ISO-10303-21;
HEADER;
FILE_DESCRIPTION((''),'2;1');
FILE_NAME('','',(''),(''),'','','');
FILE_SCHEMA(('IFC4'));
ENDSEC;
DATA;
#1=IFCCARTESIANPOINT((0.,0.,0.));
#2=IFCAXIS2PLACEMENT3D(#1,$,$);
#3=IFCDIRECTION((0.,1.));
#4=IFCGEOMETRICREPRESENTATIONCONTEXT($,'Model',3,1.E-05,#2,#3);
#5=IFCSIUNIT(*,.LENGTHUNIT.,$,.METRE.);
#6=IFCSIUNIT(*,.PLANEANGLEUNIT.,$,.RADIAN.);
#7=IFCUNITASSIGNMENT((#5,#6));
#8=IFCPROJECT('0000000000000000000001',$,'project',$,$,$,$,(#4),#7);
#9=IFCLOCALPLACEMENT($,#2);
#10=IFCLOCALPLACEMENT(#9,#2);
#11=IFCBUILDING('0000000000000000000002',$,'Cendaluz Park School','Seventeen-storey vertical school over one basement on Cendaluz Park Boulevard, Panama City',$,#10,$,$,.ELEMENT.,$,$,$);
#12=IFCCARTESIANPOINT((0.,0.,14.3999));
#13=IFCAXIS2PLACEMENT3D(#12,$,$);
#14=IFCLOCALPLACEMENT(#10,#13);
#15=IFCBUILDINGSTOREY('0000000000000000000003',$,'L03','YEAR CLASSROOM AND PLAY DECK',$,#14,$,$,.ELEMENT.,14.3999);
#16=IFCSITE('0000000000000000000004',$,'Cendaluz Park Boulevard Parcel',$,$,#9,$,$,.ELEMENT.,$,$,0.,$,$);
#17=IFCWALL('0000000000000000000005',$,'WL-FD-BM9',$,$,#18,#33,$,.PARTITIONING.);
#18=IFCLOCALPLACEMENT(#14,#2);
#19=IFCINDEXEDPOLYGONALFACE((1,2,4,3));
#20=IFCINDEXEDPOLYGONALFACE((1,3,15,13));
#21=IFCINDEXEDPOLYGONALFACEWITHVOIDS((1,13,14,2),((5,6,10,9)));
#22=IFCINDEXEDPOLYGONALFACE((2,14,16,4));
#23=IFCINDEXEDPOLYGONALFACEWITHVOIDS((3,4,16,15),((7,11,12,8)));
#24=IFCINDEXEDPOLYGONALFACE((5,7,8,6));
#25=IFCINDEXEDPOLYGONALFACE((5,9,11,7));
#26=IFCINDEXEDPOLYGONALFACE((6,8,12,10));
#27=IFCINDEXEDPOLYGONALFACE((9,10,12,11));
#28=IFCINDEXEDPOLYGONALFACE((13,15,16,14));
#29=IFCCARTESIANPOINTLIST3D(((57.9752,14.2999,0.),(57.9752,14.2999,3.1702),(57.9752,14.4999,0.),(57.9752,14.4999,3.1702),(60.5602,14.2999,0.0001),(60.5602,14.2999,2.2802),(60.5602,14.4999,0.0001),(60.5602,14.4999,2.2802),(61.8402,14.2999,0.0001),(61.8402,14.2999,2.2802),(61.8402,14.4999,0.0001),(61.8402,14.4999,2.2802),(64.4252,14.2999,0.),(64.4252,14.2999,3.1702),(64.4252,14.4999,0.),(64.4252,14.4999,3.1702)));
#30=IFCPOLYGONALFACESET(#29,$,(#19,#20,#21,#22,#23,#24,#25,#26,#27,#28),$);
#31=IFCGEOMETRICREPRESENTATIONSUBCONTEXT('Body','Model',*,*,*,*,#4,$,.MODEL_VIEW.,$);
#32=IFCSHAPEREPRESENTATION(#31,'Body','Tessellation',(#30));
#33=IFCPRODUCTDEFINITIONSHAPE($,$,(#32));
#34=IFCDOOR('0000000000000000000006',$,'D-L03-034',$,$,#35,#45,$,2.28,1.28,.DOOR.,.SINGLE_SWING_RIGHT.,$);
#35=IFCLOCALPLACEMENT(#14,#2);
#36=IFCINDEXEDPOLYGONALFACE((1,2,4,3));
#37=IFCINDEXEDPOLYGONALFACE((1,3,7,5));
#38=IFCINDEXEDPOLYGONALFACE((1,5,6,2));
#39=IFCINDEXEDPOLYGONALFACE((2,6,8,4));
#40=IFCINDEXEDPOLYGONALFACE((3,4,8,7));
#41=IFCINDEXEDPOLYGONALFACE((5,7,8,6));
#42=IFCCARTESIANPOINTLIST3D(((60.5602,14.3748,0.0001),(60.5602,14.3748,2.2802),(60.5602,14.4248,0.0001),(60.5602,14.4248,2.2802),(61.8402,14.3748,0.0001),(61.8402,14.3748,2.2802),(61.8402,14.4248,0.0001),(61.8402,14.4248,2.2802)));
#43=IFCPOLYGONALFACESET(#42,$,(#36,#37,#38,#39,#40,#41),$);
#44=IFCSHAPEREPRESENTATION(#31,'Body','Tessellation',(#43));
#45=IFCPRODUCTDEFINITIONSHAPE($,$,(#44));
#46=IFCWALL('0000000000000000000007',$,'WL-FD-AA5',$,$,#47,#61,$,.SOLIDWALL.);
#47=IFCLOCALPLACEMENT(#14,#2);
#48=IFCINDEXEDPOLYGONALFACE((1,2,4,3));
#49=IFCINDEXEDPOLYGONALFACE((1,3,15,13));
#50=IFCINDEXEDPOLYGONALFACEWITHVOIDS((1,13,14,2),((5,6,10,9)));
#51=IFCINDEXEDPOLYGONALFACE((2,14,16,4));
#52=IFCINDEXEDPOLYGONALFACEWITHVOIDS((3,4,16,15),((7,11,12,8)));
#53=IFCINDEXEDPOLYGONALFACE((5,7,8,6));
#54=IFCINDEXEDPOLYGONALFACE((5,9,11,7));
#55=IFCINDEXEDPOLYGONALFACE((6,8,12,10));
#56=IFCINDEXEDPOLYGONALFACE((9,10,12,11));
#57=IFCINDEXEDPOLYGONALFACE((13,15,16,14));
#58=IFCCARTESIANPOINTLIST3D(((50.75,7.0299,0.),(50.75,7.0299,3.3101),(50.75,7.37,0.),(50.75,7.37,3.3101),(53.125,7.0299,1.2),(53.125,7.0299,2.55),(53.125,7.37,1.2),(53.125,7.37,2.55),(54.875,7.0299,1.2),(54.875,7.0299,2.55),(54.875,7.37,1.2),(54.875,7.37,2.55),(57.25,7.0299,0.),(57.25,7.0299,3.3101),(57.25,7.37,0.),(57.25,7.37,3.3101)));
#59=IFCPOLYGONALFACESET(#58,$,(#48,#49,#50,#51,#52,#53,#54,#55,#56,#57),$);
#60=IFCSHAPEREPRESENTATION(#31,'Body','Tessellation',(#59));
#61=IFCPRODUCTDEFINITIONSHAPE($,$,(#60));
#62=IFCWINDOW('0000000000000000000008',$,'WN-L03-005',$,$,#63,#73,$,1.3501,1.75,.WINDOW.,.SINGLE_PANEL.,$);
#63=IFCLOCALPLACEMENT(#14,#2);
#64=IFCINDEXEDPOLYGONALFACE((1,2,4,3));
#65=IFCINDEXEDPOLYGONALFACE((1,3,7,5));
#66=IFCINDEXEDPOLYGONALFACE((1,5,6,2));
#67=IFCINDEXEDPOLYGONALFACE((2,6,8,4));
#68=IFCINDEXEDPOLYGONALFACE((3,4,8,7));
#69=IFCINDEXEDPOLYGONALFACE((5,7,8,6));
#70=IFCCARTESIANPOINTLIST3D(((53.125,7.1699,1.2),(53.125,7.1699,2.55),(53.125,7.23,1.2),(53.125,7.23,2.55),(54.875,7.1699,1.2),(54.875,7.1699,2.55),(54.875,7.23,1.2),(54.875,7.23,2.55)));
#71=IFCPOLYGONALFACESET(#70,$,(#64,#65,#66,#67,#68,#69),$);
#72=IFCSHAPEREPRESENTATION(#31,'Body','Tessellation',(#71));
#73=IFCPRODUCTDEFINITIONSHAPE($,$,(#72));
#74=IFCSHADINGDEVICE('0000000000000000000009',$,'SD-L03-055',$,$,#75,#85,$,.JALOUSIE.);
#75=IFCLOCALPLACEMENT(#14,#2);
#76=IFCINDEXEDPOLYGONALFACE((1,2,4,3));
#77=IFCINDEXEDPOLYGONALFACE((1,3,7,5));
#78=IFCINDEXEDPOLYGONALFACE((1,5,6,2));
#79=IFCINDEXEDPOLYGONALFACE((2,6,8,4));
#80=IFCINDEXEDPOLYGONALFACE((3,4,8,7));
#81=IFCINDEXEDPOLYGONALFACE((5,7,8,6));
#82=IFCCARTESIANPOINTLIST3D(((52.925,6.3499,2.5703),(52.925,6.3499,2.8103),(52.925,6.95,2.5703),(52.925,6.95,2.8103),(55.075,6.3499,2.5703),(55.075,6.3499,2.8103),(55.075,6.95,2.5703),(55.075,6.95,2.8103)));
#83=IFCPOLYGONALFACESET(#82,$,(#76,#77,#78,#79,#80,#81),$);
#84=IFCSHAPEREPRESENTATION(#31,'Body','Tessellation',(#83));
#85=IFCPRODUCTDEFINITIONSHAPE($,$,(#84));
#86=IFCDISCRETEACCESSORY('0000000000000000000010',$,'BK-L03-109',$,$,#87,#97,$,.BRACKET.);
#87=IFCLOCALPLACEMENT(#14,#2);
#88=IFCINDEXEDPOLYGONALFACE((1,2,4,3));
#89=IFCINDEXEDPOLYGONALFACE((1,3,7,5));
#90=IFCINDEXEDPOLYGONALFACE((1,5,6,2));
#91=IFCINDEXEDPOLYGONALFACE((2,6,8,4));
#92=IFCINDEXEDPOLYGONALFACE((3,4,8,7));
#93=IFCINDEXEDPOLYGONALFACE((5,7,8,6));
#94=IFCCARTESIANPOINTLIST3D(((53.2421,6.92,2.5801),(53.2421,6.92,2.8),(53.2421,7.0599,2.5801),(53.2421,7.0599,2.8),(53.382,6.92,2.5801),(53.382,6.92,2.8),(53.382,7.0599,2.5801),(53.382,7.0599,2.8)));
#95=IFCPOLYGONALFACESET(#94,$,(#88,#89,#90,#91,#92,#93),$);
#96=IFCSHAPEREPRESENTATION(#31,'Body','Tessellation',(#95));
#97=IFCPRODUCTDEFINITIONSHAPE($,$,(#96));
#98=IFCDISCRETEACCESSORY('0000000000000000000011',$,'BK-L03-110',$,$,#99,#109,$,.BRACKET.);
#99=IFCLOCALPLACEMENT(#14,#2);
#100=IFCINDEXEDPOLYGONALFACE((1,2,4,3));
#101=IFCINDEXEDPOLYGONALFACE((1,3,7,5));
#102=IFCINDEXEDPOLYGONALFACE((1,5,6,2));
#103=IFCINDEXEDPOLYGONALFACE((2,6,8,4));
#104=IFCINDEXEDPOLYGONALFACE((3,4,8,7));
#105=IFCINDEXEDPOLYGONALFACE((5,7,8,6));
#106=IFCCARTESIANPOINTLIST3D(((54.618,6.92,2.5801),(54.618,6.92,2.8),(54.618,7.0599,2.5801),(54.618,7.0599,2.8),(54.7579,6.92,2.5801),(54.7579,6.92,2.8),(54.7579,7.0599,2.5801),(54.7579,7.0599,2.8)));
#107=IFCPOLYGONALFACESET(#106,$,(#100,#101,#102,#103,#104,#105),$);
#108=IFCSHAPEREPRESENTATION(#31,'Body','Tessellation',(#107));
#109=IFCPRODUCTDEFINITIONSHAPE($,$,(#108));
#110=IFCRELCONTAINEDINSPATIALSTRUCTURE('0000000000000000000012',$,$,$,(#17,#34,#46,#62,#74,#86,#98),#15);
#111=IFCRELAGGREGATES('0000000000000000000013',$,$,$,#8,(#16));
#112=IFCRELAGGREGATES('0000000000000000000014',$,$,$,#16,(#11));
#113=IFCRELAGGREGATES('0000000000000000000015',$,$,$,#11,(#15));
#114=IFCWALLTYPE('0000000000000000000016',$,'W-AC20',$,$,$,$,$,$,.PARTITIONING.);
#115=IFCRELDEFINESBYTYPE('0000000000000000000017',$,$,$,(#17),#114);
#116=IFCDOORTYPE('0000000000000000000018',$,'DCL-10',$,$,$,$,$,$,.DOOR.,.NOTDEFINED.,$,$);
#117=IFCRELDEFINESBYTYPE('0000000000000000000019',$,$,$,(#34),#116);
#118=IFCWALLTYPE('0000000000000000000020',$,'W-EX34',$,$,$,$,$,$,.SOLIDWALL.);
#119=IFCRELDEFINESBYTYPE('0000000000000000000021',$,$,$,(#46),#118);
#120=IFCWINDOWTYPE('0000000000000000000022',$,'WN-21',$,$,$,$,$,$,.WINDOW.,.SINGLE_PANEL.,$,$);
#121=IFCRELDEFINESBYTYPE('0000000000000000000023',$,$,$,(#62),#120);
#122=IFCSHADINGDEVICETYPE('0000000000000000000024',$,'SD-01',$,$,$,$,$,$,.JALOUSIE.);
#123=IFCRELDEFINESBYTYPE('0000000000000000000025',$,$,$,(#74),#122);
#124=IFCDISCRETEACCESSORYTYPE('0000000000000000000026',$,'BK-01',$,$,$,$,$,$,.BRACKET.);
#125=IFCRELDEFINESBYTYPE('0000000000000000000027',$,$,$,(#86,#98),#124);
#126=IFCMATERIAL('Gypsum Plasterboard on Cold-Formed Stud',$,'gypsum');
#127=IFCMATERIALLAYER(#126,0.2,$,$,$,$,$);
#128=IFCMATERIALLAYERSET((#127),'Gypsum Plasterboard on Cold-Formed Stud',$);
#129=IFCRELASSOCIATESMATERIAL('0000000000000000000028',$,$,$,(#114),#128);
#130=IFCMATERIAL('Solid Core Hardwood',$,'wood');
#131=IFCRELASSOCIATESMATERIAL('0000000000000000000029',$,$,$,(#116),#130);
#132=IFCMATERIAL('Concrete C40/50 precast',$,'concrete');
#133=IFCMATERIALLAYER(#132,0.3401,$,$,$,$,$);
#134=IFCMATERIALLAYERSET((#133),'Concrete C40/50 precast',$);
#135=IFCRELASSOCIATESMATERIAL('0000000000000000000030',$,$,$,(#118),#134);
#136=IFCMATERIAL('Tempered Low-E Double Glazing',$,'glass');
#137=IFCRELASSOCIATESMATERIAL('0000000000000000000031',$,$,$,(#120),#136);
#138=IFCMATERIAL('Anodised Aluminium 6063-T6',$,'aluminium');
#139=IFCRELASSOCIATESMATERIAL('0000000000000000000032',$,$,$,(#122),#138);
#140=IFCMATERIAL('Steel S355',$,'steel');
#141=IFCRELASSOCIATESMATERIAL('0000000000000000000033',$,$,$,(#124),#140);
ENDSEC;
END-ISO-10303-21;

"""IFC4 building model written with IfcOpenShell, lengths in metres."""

from ifc_helpers import new_model, si_unit, direction, frame, frame_2d, origin, origin_2d, place, context, subcontext, project, spatial, rectangle, extrude, material, layer, layer_set, type_object, element, fill, save


model = new_model("IFC4")

# Units and contexts
model_context = context("Model", 3, precision=1e-05, world=origin(), true_north=direction((0.0, 1.0)))
body_context = subcontext(model_context, "Body", "Model", "MODEL_VIEW")
ifc_project = project(units=[si_unit("LENGTHUNIT", "METRE"), si_unit("PLANEANGLEUNIT", "RADIAN")], contexts=[model_context])

# Site, building, storey
site_placement = place(None, origin())
site = spatial("IfcSite", under=ifc_project, at=site_placement, Name="Cendaluz Park Boulevard Parcel", CompositionType="ELEMENT", RefElevation=0.0)
building_placement = place(site_placement, origin())
building = spatial("IfcBuilding", under=site, at=building_placement, Name="Cendaluz Park School", Description="Seventeen-storey vertical school over one basement on Cendaluz Park Boulevard, Panama City", CompositionType="ELEMENT")
storey_placement = place(building_placement, frame((0.0, 0.0, 14.3999)))
storey = spatial("IfcBuildingStorey", under=building, at=storey_placement, Name="L03", Description="YEAR CLASSROOM AND PLAY DECK", CompositionType="ELEMENT", Elevation=14.3999)

# Shared definitions
ifc_material_1 = material(Name="Anodised Aluminium 6063-T6", Category="aluminium")

# Shared definitions
ifc_material_2 = material(Name="Tempered Low-E Double Glazing", Category="glass")

# Wall, opening, door
ifc_material_3 = material(Name="Gypsum Plasterboard on Cold-Formed Stud", Category="gypsum")
ifc_layer_1 = layer(ifc_material_3, 0.2)
ifc_layer_set_1 = layer_set([ifc_layer_1], Name="Gypsum Plasterboard on Cold-Formed Stud")
wall_type_1 = type_object("IfcWallType", Name="W-AC20", PredefinedType="PARTITIONING", material=ifc_layer_set_1)
ifc_material_4 = material(Name="Solid Core Hardwood", Category="wood")
wall_1_placement = place(storey_placement, frame((57.9751, 14.3999, 0.0), z_axis=(0.0, 0.0, 1.0), x_axis=(1.0, 0.0, 0.0)))
wall_1 = element("IfcWall", 1, at=wall_1_placement, inside=storey, type_object=wall_type_1, Name="WL-FD-BM9", PredefinedType="PARTITIONING", context=body_context, shape_type="SweptSolid", body=[
    extrude(rectangle(XDim=6.45, YDim=0.2, at=frame_2d((3.2251, 0.0))), origin(), (0.0, 0.0, 1.0), 3.1702),
])
opening_1_placement = place(wall_1_placement, frame((2.585, 0.0, 0.0)))
opening_1 = element("IfcOpeningElement", 2, at=opening_1_placement, cuts=wall_1, PredefinedType="OPENING", context=body_context, shape_type="SweptSolid", body=[
    extrude(rectangle(XDim=1.28, YDim=2.28, at=frame_2d((0.6401, 1.1401))), frame((0.0, 0.1121, 0.0), z_axis=(0.0, -1.0, 0.0), x_axis=(1.0, 0.0, 0.0)), (0.0, 0.0, 1.0), 0.2239),
])
door_type_1 = type_object("IfcDoorType", Name="DCL-10", OperationType="NOTDEFINED", PredefinedType="DOOR", material=ifc_material_4)
door_1_placement = place(opening_1_placement, origin())
door_1 = element("IfcDoor", 3, at=door_1_placement, inside=storey, type_object=door_type_1, Name="D-L03-034", OperationType="SINGLE_SWING_RIGHT", OverallHeight=2.28, OverallWidth=1.28, PredefinedType="DOOR", context=body_context, shape_type="SweptSolid", body=[
    extrude(rectangle(XDim=1.28, YDim=2.28, at=frame_2d((0.6401, 1.1401))), frame((0.0, 0.0249, 0.0), z_axis=(0.0, -1.0, 0.0), x_axis=(1.0, 0.0, 0.0)), (0.0, 0.0, 1.0), 0.05),
])
fill(opening_1, door_1)

# Wall, opening, window
ifc_material_5 = material(Name="Concrete C40/50 precast", Category="concrete")
ifc_layer_2 = layer(ifc_material_5, 0.3401)
ifc_layer_set_2 = layer_set([ifc_layer_2], Name="Concrete C40/50 precast")
wall_type_2 = type_object("IfcWallType", Name="W-EX34", PredefinedType="SOLIDWALL", material=ifc_layer_set_2)
wall_2_placement = place(storey_placement, frame((50.75, 7.2, 0.0), z_axis=(0.0, 0.0, 1.0), x_axis=(1.0, 0.0, 0.0)))
wall_2 = element("IfcWall", 4, at=wall_2_placement, inside=storey, type_object=wall_type_2, Name="WL-FD-AA5", PredefinedType="SOLIDWALL", context=body_context, shape_type="SweptSolid", body=[
    extrude(rectangle(XDim=6.5, YDim=0.3401, at=frame_2d((3.25, 0.0))), origin(), (0.0, 0.0, 1.0), 3.3101),
])
opening_2_placement = place(wall_2_placement, frame((2.375, 0.0, 1.2)))
opening_2 = element("IfcOpeningElement", 5, at=opening_2_placement, cuts=wall_2, PredefinedType="OPENING", context=body_context, shape_type="SweptSolid", body=[
    extrude(rectangle(XDim=1.75, YDim=1.3501, at=frame_2d((0.875, 0.675))), frame((0.0, 0.1821, 0.0), z_axis=(0.0, -1.0, 0.0), x_axis=(1.0, 0.0, 0.0)), (0.0, 0.0, 1.0), 0.364),
])
window_type = type_object("IfcWindowType", Name="WN-21", PartitioningType="SINGLE_PANEL", PredefinedType="WINDOW", material=ifc_material_2)
window_placement = place(opening_2_placement, origin())
window = element("IfcWindow", 6, at=window_placement, inside=storey, type_object=window_type, Name="WN-L03-005", OverallHeight=1.3501, OverallWidth=1.75, PartitioningType="SINGLE_PANEL", PredefinedType="WINDOW", context=body_context, shape_type="SweptSolid", body=[
    extrude(rectangle(XDim=1.75, YDim=1.3501, at=frame_2d((0.875, 0.675))), frame((0.0, 0.03, 0.0), z_axis=(0.0, -1.0, 0.0), x_axis=(1.0, 0.0, 0.0)), (0.0, 0.0, 1.0), 0.0601),
])
fill(opening_2, window)

# Shading device
shading_device_type = type_object("IfcShadingDeviceType", Name="SD-01", PredefinedType="JALOUSIE", material=ifc_material_1)
shading_device_placement = place(storey_placement, frame((54.0, 6.6499, 2.5703), z_axis=(0.0, 0.0, 1.0), x_axis=(1.0, 0.0, 0.0)))
element("IfcShadingDevice", 7, at=shading_device_placement, inside=storey, type_object=shading_device_type, Name="SD-L03-055", PredefinedType="JALOUSIE", context=body_context, shape_type="SweptSolid", body=[
    extrude(rectangle(XDim=2.1499, YDim=0.6001, at=origin_2d()), origin(), (0.0, 0.0, 1.0), 0.24),
])

# Discrete accessories
ifc_material_6 = material(Name="Steel S355", Category="steel")
discrete_accessory_type = type_object("IfcDiscreteAccessoryType", Name="BK-01", PredefinedType="BRACKET", material=ifc_material_6)
for number, where, z_axis, x_axis, name in (
    (8, (53.312, 6.99, 2.5801), (0.0, 0.0, 1.0), (1.0, 0.0, 0.0), "BK-L03-109"),
    (9, (54.688, 6.99, 2.5801), (0.0, 0.0, 1.0), (1.0, 0.0, 0.0), "BK-L03-110"),
):
    element("IfcDiscreteAccessory", number, at=place(storey_placement, frame(where, z_axis=z_axis, x_axis=x_axis)), inside=storey, type_object=discrete_accessory_type, Name=name, PredefinedType="BRACKET", context=body_context, shape_type="SweptSolid", body=[
        extrude(rectangle(XDim=0.1399, YDim=0.1399, at=origin_2d()), origin(), (0.0, 0.0, 1.0), 0.22),
    ])

save(model, "model.ifc")
